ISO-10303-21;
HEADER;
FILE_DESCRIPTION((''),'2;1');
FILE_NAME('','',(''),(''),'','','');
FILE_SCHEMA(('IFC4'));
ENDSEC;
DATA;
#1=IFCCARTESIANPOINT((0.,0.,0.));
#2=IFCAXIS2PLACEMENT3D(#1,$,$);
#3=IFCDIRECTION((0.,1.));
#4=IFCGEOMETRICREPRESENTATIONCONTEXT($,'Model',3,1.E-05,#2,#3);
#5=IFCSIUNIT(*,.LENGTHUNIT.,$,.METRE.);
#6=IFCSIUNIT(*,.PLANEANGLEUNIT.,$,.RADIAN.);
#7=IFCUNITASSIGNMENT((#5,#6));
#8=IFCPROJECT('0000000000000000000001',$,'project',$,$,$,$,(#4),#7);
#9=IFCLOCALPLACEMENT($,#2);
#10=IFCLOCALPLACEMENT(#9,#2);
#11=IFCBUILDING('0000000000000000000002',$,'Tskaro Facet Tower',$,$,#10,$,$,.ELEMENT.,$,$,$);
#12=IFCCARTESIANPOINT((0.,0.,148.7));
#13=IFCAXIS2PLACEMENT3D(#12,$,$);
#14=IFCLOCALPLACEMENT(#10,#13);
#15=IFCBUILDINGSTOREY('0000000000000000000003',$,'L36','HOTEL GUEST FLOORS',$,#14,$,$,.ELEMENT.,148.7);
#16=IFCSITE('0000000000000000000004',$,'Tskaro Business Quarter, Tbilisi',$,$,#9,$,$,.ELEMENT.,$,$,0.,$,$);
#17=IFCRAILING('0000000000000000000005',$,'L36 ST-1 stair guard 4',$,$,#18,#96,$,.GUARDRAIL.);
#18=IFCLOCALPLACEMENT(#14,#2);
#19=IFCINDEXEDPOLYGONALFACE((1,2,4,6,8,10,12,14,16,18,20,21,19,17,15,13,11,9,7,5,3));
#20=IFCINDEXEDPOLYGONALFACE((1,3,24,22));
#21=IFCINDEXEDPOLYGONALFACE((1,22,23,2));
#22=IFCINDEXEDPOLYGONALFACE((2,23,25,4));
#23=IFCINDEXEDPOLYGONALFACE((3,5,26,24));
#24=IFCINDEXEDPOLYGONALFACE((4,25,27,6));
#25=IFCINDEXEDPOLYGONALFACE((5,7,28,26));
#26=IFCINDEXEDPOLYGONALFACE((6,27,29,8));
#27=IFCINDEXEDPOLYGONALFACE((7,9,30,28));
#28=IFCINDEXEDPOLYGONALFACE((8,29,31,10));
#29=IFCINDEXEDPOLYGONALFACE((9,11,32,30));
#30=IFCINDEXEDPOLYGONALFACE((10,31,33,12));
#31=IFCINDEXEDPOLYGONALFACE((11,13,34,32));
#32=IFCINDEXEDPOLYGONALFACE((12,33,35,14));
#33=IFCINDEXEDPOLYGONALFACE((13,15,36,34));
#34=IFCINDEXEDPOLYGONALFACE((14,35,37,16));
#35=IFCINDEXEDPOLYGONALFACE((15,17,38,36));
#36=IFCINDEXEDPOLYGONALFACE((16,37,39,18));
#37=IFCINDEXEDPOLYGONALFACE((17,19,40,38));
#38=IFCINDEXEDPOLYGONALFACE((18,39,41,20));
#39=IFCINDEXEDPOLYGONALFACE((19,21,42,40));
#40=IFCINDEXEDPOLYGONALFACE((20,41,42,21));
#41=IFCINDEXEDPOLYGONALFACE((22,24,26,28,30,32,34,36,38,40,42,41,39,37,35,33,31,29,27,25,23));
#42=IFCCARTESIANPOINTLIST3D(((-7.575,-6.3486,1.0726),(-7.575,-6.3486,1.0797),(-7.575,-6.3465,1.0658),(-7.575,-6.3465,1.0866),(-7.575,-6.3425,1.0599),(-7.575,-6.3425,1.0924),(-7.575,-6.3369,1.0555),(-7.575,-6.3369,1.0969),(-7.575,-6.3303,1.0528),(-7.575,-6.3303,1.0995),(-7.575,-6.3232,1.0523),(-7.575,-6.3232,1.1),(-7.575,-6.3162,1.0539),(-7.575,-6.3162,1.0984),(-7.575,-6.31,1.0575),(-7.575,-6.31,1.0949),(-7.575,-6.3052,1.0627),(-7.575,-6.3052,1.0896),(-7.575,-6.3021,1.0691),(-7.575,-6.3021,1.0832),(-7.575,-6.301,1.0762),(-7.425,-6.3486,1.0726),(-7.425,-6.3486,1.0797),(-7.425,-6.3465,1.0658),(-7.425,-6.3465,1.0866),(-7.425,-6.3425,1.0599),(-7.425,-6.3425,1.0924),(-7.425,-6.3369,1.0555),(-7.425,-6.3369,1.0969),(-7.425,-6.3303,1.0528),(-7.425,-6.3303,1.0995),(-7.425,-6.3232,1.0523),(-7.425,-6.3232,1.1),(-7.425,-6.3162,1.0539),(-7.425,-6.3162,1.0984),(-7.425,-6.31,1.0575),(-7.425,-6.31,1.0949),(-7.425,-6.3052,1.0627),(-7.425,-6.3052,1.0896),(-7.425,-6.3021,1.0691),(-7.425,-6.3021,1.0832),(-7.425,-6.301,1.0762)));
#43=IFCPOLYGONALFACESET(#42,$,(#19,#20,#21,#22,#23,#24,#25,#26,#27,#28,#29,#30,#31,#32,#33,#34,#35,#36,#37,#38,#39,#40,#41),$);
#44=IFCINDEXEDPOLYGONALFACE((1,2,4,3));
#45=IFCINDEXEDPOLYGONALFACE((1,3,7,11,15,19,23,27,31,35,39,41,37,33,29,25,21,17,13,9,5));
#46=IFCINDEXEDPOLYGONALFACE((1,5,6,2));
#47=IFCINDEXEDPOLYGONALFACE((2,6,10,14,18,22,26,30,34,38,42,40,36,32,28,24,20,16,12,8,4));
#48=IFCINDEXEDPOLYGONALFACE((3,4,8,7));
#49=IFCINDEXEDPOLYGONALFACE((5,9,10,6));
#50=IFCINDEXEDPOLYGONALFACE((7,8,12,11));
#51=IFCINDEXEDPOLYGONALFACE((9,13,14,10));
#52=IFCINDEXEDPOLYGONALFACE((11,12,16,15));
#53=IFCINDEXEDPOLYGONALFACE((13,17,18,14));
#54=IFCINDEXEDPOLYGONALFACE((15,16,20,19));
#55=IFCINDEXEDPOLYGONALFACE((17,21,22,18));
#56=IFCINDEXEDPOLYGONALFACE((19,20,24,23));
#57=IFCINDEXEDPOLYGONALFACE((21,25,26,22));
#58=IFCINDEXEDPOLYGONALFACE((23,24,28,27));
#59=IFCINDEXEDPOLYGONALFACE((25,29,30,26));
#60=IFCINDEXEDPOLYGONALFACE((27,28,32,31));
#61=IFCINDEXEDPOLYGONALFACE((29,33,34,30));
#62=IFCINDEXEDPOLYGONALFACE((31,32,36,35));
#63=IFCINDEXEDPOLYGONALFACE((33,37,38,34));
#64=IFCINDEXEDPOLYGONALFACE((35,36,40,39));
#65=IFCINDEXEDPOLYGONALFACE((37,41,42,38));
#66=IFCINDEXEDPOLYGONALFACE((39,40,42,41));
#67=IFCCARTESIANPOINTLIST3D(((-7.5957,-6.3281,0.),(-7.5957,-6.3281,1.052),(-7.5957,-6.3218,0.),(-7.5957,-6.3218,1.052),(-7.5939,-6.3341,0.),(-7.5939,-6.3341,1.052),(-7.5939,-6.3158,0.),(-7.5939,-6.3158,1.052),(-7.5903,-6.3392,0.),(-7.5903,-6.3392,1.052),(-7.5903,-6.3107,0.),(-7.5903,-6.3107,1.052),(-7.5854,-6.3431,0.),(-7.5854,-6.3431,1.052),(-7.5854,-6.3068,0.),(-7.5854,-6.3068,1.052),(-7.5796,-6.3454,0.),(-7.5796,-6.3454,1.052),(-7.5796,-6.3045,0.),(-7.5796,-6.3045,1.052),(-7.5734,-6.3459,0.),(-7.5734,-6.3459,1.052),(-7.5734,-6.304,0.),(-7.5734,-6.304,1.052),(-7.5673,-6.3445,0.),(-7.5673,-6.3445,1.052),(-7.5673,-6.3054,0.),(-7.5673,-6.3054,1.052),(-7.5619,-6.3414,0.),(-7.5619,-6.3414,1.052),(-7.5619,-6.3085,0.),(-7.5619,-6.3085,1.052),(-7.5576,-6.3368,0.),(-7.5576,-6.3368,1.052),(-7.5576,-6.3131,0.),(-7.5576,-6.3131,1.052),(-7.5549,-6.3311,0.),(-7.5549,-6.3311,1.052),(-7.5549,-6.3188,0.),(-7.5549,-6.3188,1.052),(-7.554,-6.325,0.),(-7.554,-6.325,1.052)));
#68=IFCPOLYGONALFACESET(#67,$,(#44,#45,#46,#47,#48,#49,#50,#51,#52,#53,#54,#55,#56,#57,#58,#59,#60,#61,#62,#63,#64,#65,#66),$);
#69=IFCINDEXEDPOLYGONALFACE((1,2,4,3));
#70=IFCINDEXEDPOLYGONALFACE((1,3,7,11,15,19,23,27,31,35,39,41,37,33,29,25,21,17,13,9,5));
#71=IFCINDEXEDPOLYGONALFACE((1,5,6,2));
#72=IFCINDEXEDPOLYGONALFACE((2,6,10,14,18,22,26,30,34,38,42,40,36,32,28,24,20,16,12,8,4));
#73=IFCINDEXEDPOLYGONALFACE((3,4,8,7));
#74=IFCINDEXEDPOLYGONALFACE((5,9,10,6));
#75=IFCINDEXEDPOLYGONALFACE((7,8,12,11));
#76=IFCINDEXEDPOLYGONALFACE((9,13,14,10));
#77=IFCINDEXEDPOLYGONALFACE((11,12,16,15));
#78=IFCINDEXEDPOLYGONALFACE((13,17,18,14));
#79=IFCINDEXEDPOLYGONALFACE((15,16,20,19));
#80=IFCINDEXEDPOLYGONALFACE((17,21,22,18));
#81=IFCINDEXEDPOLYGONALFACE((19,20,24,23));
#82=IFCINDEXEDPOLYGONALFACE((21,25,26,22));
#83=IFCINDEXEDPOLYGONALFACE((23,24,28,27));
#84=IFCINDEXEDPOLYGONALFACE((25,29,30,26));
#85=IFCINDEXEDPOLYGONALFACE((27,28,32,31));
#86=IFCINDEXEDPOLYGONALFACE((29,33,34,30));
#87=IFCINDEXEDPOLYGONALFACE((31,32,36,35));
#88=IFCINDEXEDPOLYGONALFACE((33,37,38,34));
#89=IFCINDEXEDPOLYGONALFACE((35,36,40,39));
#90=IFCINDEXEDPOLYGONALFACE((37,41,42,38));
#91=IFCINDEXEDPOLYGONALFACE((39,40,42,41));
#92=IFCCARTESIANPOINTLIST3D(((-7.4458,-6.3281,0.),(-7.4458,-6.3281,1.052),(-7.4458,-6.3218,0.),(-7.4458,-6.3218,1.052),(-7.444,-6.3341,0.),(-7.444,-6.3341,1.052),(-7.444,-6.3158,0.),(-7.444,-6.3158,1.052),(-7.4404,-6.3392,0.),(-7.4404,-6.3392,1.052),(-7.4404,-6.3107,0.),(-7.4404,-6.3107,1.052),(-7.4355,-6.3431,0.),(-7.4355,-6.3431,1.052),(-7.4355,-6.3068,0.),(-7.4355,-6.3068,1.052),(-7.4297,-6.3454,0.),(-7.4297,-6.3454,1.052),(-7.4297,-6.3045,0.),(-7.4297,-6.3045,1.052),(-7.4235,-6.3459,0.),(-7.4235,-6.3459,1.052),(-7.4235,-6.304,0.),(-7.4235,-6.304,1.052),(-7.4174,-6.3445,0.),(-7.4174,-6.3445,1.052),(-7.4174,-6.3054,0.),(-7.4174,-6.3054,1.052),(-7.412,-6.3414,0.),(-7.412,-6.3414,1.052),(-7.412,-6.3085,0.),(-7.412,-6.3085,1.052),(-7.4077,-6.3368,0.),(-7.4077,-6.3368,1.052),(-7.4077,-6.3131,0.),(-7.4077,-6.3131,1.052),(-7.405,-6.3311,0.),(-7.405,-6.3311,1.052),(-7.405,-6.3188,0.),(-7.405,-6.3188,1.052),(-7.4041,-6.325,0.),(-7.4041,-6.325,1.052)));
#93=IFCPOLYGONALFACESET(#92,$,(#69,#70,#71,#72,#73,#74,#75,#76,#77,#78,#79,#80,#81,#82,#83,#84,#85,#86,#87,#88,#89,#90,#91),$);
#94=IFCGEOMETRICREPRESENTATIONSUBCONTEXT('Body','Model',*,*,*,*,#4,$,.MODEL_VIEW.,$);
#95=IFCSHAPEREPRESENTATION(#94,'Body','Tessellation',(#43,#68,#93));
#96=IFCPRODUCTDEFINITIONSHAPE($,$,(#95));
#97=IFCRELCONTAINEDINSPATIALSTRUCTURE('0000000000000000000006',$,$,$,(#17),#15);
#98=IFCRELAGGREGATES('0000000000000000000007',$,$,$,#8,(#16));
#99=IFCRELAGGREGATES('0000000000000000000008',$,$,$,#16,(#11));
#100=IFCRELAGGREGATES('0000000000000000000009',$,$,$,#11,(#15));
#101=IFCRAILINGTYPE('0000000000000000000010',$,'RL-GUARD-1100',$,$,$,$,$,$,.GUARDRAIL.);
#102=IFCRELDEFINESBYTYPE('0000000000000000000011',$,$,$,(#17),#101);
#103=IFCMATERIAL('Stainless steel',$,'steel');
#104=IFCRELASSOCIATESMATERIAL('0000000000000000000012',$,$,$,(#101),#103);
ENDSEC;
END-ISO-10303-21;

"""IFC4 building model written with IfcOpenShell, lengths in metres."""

from ifc_helpers import new_model, si_unit, direction, frame, origin, origin_2d, place, context, subcontext, project, spatial, circle, extrude, material, type_object, element, save


model = new_model("IFC4")

# Units and contexts
model_context = context("Model", 3, precision=1e-05, world=origin(), true_north=direction((0.0, 1.0)))
body_context = subcontext(model_context, "Body", "Model", "MODEL_VIEW")
ifc_project = project(units=[si_unit("LENGTHUNIT", "METRE"), si_unit("PLANEANGLEUNIT", "RADIAN")], contexts=[model_context])

# Site, building, storey
site_placement = place(None, origin())
site = spatial("IfcSite", under=ifc_project, at=site_placement, Name="Tskaro Business Quarter, Tbilisi", CompositionType="ELEMENT", RefElevation=0.0)
building_placement = place(site_placement, origin())
building = spatial("IfcBuilding", under=site, at=building_placement, Name="Tskaro Facet Tower", CompositionType="ELEMENT")
storey_placement = place(building_placement, frame((0.0, 0.0, 148.7)))
storey = spatial("IfcBuildingStorey", under=building, at=storey_placement, Name="L36", Description="HOTEL GUEST FLOORS", CompositionType="ELEMENT", Elevation=148.7)

# Shared definitions
ifc_material_1 = material(Name="Stainless steel", Category="steel")

# Railing
railing_type_1 = type_object("IfcRailingType", Name="RL-GUARD-1100", PredefinedType="GUARDRAIL", material=ifc_material_1)
railing_1_placement = place(storey_placement, frame((-7.575, -6.325, 0.0)))
element("IfcRailing", 1, at=railing_1_placement, inside=storey, type_object=railing_type_1, Name="L36 ST-1 stair guard 4", PredefinedType="GUARDRAIL", context=body_context, shape_type="SweptSolid", body=[
    extrude(circle(Radius=0.0239, at=origin_2d()), frame((0.0, 0.0, 1.0762), z_axis=(1.0, 0.0, 0.0), x_axis=(0.0, 1.0, 0.0)), (0.0, 0.0, 1.0), 0.1499),
    extrude(circle(Radius=0.021, at=origin_2d()), origin(), (0.0, 0.0, 1.0), 1.052),
    extrude(circle(Radius=0.021, at=origin_2d()), frame((0.1499, 0.0, 0.0)), (0.0, 0.0, 1.0), 1.052),
])

save(model, "model.ifc")
